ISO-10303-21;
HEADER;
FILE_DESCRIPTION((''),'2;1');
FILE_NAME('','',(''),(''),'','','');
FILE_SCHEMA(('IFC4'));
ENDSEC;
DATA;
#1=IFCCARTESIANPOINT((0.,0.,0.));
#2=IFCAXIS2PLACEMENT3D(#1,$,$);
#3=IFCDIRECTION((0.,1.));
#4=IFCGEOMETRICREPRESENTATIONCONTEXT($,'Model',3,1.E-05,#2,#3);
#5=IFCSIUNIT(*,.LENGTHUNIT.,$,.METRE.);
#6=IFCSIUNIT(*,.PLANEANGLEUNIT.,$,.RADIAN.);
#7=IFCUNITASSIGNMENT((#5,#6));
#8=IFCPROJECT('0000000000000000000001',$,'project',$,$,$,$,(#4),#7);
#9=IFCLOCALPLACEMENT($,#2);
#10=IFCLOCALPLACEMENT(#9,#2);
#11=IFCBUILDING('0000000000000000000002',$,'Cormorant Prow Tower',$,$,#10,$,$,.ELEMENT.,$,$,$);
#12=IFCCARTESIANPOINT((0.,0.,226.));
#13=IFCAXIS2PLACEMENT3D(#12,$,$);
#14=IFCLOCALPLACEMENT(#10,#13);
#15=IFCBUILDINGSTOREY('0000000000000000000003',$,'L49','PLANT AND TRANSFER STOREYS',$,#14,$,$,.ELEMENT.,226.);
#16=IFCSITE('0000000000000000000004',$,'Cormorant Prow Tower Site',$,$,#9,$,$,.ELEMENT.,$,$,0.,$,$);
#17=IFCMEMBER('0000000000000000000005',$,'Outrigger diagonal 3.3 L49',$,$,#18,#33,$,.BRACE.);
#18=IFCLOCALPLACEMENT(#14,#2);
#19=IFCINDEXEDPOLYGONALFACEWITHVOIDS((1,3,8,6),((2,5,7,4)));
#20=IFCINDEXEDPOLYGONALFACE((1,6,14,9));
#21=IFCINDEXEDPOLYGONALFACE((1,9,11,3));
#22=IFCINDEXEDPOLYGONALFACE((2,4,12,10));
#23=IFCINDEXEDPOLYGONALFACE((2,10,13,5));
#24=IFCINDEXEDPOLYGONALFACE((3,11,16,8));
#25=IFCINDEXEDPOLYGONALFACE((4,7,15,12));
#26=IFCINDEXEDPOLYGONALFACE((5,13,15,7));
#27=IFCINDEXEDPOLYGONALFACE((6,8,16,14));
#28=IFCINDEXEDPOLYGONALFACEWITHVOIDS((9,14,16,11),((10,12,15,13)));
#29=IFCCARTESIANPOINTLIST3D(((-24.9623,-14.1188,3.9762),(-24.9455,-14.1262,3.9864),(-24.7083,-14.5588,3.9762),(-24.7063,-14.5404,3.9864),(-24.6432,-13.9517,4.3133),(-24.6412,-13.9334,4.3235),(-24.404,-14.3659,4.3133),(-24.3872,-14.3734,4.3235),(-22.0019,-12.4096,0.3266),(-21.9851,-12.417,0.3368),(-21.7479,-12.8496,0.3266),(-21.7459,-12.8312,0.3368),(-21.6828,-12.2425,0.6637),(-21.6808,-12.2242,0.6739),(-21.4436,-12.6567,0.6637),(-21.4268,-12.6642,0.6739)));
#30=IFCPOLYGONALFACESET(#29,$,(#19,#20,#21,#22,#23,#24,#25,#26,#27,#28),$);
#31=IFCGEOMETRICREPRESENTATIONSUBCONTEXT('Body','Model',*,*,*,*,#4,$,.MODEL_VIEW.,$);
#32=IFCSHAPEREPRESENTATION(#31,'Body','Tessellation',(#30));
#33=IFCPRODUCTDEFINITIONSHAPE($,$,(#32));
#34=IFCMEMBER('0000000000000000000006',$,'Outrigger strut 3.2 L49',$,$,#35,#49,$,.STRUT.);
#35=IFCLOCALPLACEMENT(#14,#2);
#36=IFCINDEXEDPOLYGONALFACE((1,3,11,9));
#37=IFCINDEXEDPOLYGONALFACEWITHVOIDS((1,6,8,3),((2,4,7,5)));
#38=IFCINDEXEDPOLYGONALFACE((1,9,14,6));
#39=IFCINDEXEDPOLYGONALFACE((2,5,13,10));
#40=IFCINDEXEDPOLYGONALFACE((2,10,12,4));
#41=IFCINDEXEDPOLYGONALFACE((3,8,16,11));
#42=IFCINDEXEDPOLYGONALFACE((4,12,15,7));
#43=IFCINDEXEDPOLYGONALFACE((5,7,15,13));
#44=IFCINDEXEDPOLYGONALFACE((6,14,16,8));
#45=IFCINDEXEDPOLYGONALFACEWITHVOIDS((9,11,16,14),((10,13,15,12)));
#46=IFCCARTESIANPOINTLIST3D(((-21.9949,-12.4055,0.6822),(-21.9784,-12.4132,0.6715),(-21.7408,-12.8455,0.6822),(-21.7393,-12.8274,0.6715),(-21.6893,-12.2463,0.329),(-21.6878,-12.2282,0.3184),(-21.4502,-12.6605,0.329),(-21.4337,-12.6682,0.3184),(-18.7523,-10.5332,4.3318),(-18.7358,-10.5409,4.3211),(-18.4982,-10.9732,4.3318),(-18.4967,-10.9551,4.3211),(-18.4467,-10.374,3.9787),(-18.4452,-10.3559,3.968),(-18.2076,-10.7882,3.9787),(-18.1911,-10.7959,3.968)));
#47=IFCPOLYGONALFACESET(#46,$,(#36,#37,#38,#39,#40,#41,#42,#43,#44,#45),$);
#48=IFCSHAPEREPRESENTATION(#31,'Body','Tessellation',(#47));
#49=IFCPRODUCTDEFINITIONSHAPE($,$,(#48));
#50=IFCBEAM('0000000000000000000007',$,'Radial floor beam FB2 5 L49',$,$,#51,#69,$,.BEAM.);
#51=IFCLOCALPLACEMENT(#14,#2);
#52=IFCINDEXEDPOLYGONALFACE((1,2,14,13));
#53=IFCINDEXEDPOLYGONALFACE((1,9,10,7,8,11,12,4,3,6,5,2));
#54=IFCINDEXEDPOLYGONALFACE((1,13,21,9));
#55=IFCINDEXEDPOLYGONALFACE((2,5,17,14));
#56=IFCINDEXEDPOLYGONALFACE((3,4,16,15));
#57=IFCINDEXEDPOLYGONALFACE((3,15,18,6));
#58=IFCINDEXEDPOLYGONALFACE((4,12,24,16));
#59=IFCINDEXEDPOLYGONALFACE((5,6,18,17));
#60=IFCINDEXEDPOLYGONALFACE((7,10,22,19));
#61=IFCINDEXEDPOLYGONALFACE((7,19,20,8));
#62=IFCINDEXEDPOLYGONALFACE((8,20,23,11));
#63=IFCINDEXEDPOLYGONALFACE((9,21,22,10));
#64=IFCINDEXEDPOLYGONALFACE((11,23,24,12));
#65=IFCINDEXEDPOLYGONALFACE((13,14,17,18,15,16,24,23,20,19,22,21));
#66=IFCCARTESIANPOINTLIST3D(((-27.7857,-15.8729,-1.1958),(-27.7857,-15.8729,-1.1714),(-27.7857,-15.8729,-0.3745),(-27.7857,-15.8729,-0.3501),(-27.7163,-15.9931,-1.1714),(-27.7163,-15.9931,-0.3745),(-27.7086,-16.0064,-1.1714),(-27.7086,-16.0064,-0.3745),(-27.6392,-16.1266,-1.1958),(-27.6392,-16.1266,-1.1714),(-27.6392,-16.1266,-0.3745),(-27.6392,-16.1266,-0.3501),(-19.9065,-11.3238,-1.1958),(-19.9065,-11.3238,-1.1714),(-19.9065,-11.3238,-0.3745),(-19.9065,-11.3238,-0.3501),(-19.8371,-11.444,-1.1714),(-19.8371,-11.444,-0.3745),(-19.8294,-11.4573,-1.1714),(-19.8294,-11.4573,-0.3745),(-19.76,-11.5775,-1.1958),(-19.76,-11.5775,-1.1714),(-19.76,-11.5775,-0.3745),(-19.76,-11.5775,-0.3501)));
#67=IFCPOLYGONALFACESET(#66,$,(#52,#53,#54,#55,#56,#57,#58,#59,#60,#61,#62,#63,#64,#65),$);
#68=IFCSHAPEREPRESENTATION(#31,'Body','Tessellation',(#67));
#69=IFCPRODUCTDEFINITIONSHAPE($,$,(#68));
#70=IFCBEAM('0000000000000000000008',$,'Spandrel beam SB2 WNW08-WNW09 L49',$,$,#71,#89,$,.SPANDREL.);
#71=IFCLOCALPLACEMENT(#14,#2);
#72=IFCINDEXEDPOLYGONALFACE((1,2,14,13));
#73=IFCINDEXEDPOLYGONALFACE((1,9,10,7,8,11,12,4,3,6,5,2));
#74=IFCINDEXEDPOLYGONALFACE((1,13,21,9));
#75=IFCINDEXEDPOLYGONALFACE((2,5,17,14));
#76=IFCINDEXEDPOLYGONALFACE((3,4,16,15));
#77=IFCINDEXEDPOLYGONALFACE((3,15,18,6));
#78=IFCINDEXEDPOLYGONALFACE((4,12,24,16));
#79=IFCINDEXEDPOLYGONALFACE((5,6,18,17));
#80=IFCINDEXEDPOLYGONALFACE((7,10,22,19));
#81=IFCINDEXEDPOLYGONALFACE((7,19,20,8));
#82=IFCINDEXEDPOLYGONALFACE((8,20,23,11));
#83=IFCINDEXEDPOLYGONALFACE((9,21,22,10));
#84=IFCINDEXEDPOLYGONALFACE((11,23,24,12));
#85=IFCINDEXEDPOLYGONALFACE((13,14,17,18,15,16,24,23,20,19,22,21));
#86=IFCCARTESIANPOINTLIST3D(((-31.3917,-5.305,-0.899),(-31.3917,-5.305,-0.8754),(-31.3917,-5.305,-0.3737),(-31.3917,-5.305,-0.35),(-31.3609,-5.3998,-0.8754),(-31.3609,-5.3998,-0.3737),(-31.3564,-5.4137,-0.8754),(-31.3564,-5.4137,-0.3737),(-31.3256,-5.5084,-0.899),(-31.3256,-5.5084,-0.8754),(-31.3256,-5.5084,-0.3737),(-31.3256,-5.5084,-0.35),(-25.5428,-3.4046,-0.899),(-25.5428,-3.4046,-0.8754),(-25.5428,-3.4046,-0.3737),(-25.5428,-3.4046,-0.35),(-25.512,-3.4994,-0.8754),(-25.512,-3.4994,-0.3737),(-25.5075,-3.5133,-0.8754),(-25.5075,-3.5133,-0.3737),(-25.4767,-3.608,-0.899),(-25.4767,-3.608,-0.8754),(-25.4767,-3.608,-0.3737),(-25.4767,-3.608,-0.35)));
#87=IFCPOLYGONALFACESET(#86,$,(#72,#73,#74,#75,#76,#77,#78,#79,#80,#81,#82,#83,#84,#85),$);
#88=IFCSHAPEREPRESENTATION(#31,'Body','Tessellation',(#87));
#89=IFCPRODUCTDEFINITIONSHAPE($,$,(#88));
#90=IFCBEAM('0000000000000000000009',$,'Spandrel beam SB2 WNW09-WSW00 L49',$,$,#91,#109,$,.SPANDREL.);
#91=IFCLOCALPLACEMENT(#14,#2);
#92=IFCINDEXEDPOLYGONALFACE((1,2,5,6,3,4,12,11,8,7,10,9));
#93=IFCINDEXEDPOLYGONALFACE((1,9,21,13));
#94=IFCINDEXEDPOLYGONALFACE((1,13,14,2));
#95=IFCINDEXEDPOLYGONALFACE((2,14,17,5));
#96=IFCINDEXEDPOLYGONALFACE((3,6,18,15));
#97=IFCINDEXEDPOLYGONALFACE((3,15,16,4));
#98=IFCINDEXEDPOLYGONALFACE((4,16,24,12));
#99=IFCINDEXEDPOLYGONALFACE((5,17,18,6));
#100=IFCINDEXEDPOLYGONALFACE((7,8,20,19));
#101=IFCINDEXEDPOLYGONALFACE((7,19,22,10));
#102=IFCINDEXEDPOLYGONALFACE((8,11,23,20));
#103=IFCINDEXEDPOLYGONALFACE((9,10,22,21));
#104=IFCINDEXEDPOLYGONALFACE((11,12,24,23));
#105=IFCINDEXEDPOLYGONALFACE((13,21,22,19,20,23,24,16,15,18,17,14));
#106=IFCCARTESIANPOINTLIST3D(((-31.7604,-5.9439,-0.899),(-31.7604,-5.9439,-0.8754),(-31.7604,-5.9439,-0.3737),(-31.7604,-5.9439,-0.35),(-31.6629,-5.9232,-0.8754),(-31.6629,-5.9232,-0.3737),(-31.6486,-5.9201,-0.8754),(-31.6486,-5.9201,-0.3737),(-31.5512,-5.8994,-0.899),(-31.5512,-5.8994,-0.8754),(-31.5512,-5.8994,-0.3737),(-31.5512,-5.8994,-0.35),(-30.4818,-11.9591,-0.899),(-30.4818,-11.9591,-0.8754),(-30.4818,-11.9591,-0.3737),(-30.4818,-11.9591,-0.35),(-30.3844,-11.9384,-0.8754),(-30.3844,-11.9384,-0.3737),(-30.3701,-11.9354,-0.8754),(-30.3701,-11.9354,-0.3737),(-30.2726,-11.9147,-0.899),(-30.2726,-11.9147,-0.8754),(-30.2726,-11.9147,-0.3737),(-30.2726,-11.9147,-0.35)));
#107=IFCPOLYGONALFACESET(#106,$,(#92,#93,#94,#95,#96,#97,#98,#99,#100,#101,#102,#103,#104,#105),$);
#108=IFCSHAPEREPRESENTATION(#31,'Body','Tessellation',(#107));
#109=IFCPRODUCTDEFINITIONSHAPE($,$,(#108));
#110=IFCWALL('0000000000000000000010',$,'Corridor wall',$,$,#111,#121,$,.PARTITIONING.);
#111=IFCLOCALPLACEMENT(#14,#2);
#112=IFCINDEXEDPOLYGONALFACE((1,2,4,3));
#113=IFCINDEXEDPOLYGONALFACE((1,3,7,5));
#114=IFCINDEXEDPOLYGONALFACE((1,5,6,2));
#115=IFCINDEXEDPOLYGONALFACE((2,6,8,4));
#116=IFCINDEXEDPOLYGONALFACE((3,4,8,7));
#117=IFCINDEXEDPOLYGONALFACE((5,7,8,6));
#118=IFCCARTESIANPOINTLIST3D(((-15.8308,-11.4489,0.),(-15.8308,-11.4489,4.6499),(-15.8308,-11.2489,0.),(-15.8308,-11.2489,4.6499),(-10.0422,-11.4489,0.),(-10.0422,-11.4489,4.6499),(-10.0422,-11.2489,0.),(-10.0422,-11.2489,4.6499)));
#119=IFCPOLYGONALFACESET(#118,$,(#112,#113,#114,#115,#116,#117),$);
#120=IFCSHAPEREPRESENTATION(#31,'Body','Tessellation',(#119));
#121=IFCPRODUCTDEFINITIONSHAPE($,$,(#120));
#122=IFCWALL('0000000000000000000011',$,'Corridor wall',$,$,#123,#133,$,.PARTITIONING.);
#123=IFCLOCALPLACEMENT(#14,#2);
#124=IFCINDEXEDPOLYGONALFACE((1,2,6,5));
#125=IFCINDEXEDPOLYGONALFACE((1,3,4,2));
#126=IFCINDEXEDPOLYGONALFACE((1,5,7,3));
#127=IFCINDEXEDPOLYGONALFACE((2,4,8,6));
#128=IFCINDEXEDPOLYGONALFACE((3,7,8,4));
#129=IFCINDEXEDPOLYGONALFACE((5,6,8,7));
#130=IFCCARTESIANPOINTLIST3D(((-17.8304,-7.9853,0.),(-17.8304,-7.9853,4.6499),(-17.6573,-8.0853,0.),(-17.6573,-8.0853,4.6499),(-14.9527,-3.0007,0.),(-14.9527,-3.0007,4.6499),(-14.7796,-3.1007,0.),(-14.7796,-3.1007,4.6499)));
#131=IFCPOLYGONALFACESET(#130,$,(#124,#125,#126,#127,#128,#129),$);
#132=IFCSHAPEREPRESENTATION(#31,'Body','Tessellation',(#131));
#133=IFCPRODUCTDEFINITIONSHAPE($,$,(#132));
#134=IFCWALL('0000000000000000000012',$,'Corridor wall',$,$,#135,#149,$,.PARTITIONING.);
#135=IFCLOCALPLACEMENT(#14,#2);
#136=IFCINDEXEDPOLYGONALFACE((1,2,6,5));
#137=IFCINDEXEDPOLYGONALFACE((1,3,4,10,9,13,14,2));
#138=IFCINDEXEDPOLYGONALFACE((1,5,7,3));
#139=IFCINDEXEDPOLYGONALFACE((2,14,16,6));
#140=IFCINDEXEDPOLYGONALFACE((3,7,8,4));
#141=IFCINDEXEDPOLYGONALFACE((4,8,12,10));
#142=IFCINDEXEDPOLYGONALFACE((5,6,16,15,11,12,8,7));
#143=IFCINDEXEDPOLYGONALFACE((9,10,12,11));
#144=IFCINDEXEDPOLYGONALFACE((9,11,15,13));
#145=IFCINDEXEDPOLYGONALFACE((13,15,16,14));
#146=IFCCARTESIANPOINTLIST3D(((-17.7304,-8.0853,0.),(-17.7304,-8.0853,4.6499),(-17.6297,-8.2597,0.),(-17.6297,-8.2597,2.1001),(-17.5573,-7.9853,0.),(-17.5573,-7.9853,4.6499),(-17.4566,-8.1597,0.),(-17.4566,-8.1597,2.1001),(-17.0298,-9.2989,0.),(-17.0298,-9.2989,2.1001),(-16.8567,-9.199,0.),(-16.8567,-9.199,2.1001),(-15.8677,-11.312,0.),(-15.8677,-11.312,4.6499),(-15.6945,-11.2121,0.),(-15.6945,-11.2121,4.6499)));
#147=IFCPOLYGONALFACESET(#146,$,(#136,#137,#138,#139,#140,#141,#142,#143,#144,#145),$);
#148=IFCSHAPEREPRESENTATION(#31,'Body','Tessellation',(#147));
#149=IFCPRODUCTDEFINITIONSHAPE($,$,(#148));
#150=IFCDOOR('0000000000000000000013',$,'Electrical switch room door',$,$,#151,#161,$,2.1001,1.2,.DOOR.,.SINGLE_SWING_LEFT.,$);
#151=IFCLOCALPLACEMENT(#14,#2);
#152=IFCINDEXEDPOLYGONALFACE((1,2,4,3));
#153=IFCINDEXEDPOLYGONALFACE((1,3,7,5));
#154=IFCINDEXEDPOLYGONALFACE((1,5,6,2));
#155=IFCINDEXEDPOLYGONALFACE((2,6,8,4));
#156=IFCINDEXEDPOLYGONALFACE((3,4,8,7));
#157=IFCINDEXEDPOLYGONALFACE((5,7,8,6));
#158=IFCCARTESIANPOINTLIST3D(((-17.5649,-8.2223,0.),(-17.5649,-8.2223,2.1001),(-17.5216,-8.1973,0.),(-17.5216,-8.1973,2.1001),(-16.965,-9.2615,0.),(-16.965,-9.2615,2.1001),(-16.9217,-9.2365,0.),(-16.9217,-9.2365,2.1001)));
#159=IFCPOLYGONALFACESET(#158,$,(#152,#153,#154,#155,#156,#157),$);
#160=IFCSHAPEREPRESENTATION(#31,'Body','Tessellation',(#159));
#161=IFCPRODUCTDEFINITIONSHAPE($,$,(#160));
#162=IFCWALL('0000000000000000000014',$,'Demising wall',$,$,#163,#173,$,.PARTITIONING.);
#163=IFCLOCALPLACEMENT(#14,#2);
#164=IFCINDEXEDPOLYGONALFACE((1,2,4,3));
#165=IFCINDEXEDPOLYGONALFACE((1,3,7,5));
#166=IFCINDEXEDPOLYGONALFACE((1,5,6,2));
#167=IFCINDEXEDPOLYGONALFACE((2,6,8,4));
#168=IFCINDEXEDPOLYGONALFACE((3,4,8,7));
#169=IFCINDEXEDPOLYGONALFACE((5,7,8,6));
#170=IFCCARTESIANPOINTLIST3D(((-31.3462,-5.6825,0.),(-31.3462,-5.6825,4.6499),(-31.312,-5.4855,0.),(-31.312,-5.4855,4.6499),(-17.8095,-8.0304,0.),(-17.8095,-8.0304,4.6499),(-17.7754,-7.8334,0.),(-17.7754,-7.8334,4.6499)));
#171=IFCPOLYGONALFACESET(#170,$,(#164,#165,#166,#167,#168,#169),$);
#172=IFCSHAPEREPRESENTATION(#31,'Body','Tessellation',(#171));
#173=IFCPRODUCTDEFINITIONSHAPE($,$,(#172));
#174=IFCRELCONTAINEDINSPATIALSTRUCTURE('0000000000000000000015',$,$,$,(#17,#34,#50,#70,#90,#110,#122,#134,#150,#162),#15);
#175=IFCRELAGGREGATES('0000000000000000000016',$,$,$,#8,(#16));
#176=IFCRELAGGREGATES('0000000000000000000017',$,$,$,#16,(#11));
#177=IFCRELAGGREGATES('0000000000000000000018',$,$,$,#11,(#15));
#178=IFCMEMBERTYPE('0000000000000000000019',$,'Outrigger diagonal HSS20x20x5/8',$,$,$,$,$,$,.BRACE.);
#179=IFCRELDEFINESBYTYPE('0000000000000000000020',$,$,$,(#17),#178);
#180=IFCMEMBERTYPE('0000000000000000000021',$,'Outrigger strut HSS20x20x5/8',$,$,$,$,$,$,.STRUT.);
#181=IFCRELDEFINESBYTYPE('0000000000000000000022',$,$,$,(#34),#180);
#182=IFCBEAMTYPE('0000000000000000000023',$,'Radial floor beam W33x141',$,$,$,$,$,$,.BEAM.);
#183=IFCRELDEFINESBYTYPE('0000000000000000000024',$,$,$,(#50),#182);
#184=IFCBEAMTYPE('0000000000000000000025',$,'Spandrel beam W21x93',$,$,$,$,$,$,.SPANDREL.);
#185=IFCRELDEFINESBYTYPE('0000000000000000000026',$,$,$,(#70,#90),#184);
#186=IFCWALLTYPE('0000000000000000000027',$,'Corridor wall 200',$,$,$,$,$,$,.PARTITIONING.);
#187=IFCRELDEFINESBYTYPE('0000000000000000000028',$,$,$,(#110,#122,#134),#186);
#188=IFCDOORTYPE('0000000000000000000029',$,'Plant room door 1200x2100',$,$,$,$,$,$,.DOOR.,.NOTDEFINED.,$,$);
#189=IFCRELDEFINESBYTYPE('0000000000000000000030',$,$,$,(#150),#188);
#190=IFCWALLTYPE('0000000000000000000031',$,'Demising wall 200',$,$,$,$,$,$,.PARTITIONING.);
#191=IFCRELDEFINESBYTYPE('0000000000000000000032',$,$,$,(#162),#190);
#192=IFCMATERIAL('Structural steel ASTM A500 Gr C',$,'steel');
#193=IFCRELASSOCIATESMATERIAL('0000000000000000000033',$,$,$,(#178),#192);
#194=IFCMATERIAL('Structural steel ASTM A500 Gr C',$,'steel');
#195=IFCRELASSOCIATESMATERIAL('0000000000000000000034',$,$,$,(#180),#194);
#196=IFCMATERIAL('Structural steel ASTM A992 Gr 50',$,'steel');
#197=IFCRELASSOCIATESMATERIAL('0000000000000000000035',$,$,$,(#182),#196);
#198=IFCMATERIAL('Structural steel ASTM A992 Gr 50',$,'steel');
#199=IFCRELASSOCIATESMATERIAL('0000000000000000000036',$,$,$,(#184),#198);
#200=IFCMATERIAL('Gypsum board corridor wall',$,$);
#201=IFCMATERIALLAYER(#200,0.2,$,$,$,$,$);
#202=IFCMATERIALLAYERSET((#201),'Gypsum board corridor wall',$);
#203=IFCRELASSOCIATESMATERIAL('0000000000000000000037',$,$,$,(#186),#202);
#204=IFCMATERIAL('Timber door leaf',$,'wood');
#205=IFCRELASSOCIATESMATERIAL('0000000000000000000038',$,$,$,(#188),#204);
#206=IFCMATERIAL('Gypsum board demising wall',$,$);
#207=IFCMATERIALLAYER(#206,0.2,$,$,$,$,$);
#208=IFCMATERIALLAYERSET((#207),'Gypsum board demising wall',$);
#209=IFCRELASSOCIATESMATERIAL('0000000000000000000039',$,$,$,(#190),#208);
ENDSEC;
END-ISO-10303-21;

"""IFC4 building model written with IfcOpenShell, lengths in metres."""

from ifc_helpers import new_model, si_unit, direction, frame, frame_2d, origin, origin_2d, place, context, subcontext, project, spatial, rectangle, hollow_rectangle, i_section, extrude, material, layer, layer_set, material_profile, profile_set, type_object, element, fill, save


model = new_model("IFC4")

# Units and contexts
model_context = context("Model", 3, precision=1e-05, world=origin(), true_north=direction((0.0, 1.0)))
body_context = subcontext(model_context, "Body", "Model", "MODEL_VIEW")
ifc_project = project(units=[si_unit("LENGTHUNIT", "METRE"), si_unit("PLANEANGLEUNIT", "RADIAN")], contexts=[model_context])

# Site, building, storey
site_placement = place(None, origin())
site = spatial("IfcSite", under=ifc_project, at=site_placement, Name="Cormorant Prow Tower Site", CompositionType="ELEMENT", RefElevation=0.0)
building_placement = place(site_placement, origin())
building = spatial("IfcBuilding", under=site, at=building_placement, Name="Cormorant Prow Tower", CompositionType="ELEMENT")
storey_placement = place(building_placement, frame((0.0, 0.0, 226.0)))
storey = spatial("IfcBuildingStorey", under=building, at=storey_placement, Name="L49", Description="PLANT AND TRANSFER STOREYS", CompositionType="ELEMENT", Elevation=226.0)

# Members
ifc_material_1 = material(Name="Structural steel ASTM A500 Gr C", Category="steel")
ifc_material_profile_1 = material_profile(ifc_material_1, hollow_rectangle(XDim=0.5081, YDim=0.5081, WallThickness=0.0149, at=origin_2d()), Name="HSS20x20x5/8")
ifc_profile_set_1 = profile_set([ifc_material_profile_1], Name="Structural steel ASTM A500 Gr C")
member_type_1 = type_object("IfcMemberType", Name="Outrigger diagonal HSS20x20x5/8", PredefinedType="BRACE", material=ifc_profile_set_1)
member_1_placement = place(storey_placement, frame((-21.7144, -12.5369, 0.5002), z_axis=(-0.592022, -0.341807, 0.729848), x_axis=(0.500003, -0.866024, 0.0)))
element("IfcMember", 1, at=member_1_placement, inside=storey, type_object=member_type_1, Name="Outrigger diagonal 3.3 L49", PredefinedType="BRACE", context=body_context, shape_type="SweptSolid", body=[
    extrude(hollow_rectangle(XDim=0.5081, YDim=0.5081, WallThickness=0.0149, at=origin_2d()), origin(), (0.0, 0.0, 1.0), 5.0005),
])
ifc_material_2 = material(Name="Structural steel ASTM A500 Gr C", Category="steel")
ifc_material_profile_2 = material_profile(ifc_material_2, hollow_rectangle(XDim=0.5081, YDim=0.5081, WallThickness=0.0149, at=origin_2d()), Name="HSS20x20x5/8")
ifc_profile_set_2 = profile_set([ifc_material_profile_2], Name="Structural steel ASTM A500 Gr C")
member_type_2 = type_object("IfcMemberType", Name="Outrigger strut HSS20x20x5/8", PredefinedType="STRUT", material=ifc_profile_set_2)
member_2_placement = place(storey_placement, frame((-18.4717, -10.6646, 4.1499), z_axis=(-0.620155, -0.358076, -0.697989), x_axis=(0.500031, -0.866008, 0.0)))
element("IfcMember", 2, at=member_2_placement, inside=storey, type_object=member_type_2, Name="Outrigger strut 3.2 L49", PredefinedType="STRUT", context=body_context, shape_type="SweptSolid", body=[
    extrude(hollow_rectangle(XDim=0.5081, YDim=0.5081, WallThickness=0.0149, at=origin_2d()), origin(), (0.0, 0.0, 1.0), 5.2288),
])

# Beams
ifc_material_3 = material(Name="Structural steel ASTM A992 Gr 50", Category="steel")
ifc_material_profile_3 = material_profile(ifc_material_3, i_section(OverallWidth=0.293, OverallDepth=0.8457, WebThickness=0.0154, FlangeThickness=0.0244, at=origin_2d()), Name="W33x141")
ifc_profile_set_3 = profile_set([ifc_material_profile_3], Name="Structural steel ASTM A992 Gr 50")
beam_type_1 = type_object("IfcBeamType", Name="Radial floor beam W33x141", PredefinedType="BEAM", material=ifc_profile_set_3)
beam_1_placement = place(storey_placement, frame((-19.8333, -11.4507, -0.7729), z_axis=(-0.866023, -0.500004, 0.0), x_axis=(0.500004, -0.866023, 0.0)))
element("IfcBeam", 3, at=beam_1_placement, inside=storey, type_object=beam_type_1, Name="Radial floor beam FB2 5 L49", PredefinedType="BEAM", context=body_context, shape_type="SweptSolid", body=[
    extrude(i_section(OverallWidth=0.293, OverallDepth=0.8457, WebThickness=0.0154, FlangeThickness=0.0244, at=origin_2d()), origin(), (0.0, 0.0, 1.0), 9.0981),
])
ifc_material_4 = material(Name="Structural steel ASTM A992 Gr 50", Category="steel")
ifc_material_profile_4 = material_profile(ifc_material_4, i_section(OverallWidth=0.2139, OverallDepth=0.5491, WebThickness=0.0146, FlangeThickness=0.0237, at=origin_2d()), Name="W21x93")
ifc_profile_set_4 = profile_set([ifc_material_profile_4], Name="Structural steel ASTM A992 Gr 50")
beam_type_2 = type_object("IfcBeamType", Name="Spandrel beam W21x93", PredefinedType="SPANDREL", material=ifc_profile_set_4)
beam_2_placement = place(storey_placement, frame((-25.5098, -3.5063, -0.6245), z_axis=(-0.951058, -0.309013, 0.0), x_axis=(0.309013, -0.951058, 0.0)))
element("IfcBeam", 4, at=beam_2_placement, inside=storey, type_object=beam_type_2, Name="Spandrel beam SB2 WNW08-WNW09 L49", PredefinedType="SPANDREL", context=body_context, shape_type="SweptSolid", body=[
    extrude(i_section(OverallWidth=0.2139, OverallDepth=0.5491, WebThickness=0.0146, FlangeThickness=0.0237, at=origin_2d()), origin(), (0.0, 0.0, 1.0), 6.1499),
])
beam_3_placement = place(storey_placement, frame((-31.6558, -5.9216, -0.6245), z_axis=(0.207905, -0.978149, 0.0), x_axis=(0.978149, 0.207905, 0.0)))
element("IfcBeam", 5, at=beam_3_placement, inside=storey, type_object=beam_type_2, Name="Spandrel beam SB2 WNW09-WSW00 L49", PredefinedType="SPANDREL", context=body_context, shape_type="SweptSolid", body=[
    extrude(i_section(OverallWidth=0.2139, OverallDepth=0.5491, WebThickness=0.0146, FlangeThickness=0.0237, at=origin_2d()), origin(), (0.0, 0.0, 1.0), 6.1497),
])

# Walls
ifc_material_5 = material(Name="Gypsum board corridor wall")
ifc_layer_1 = layer(ifc_material_5, 0.2)
ifc_layer_set_1 = layer_set([ifc_layer_1], Name="Gypsum board corridor wall")
wall_type_1 = type_object("IfcWallType", Name="Corridor wall 200", PredefinedType="PARTITIONING", material=ifc_layer_set_1)
wall_1_placement = place(storey_placement, frame((-15.8308, -11.3489, 0.0), z_axis=(0.0, 0.0, 1.0), x_axis=(1.0, 0.0, 0.0)))
element("IfcWall", 6, at=wall_1_placement, inside=storey, type_object=wall_type_1, Name="Corridor wall", PredefinedType="PARTITIONING", context=body_context, shape_type="SweptSolid", body=[
    extrude(rectangle(XDim=5.7886, YDim=0.2, at=frame_2d((2.8943, 0.0))), origin(), (0.0, 0.0, 1.0), 4.6499),
])
wall_2_placement = place(storey_placement, frame((-17.7439, -8.0354, 0.0), z_axis=(0.0, 0.0, 1.0), x_axis=(0.499976, 0.866039, 0.0)))
element("IfcWall", 7, at=wall_2_placement, inside=storey, type_object=wall_type_1, Name="Corridor wall", PredefinedType="PARTITIONING", context=body_context, shape_type="SweptSolid", body=[
    extrude(rectangle(XDim=5.7556, YDim=0.2, at=frame_2d((2.8779, 0.0))), origin(), (0.0, 0.0, 1.0), 4.6499),
])

# Wall, opening, door
wall_3_placement = place(storey_placement, frame((-17.6438, -8.0354, 0.0), z_axis=(0.0, 0.0, 1.0), x_axis=(0.499959, -0.866049, 0.0)))
wall_3 = element("IfcWall", 8, at=wall_3_placement, inside=storey, type_object=wall_type_1, Name="Corridor wall", PredefinedType="PARTITIONING", context=body_context, shape_type="SweptSolid", body=[
    extrude(rectangle(XDim=3.7258, YDim=0.2, at=frame_2d((1.8628, 0.0))), origin(), (0.0, 0.0, 1.0), 4.6499),
])
opening_placement = place(wall_3_placement, frame((0.2012, 0.0, 0.0)))
opening = element("IfcOpeningElement", 9, at=opening_placement, cuts=wall_3, PredefinedType="OPENING", context=body_context, shape_type="SweptSolid", body=[
    extrude(rectangle(XDim=1.2, YDim=2.1001, at=frame_2d((0.6001, 1.05))), frame((0.0, 0.1099, 0.0), z_axis=(0.0, -1.0, 0.0), x_axis=(1.0, 0.0, 0.0)), (0.0, 0.0, 1.0), 0.22),
])
ifc_material_6 = material(Name="Timber door leaf", Category="wood")
door_type = type_object("IfcDoorType", Name="Plant room door 1200x2100", OperationType="NOTDEFINED", PredefinedType="DOOR", material=ifc_material_6)
door_placement = place(opening_placement, origin())
door = element("IfcDoor", 10, at=door_placement, inside=storey, type_object=door_type, Name="Electrical switch room door", OperationType="SINGLE_SWING_LEFT", OverallHeight=2.1001, OverallWidth=1.2, PredefinedType="DOOR", context=body_context, shape_type="SweptSolid", body=[
    extrude(rectangle(XDim=1.2, YDim=2.1001, at=frame_2d((0.6001, 1.05))), frame((0.0, 0.0249, 0.0), z_axis=(0.0, -1.0, 0.0), x_axis=(1.0, 0.0, 0.0)), (0.0, 0.0, 1.0), 0.05),
])
fill(opening, door)

# Wall
ifc_material_7 = material(Name="Gypsum board demising wall")
ifc_layer_2 = layer(ifc_material_7, 0.2)
ifc_layer_set_2 = layer_set([ifc_layer_2], Name="Gypsum board demising wall")
wall_type_2 = type_object("IfcWallType", Name="Demising wall 200", PredefinedType="PARTITIONING", material=ifc_layer_set_2)
wall_4_placement = place(storey_placement, frame((-31.3291, -5.584, 0.0), z_axis=(0.0, 0.0, 1.0), x_axis=(0.985289, -0.170896, 0.0)))
element("IfcWall", 11, at=wall_4_placement, inside=storey, type_object=wall_type_2, Name="Demising wall", PredefinedType="PARTITIONING", context=body_context, shape_type="SweptSolid", body=[
    extrude(rectangle(XDim=13.7388, YDim=0.2, at=frame_2d((6.8694, 0.0))), origin(), (0.0, 0.0, 1.0), 4.6499),
])

save(model, "model.ifc")
